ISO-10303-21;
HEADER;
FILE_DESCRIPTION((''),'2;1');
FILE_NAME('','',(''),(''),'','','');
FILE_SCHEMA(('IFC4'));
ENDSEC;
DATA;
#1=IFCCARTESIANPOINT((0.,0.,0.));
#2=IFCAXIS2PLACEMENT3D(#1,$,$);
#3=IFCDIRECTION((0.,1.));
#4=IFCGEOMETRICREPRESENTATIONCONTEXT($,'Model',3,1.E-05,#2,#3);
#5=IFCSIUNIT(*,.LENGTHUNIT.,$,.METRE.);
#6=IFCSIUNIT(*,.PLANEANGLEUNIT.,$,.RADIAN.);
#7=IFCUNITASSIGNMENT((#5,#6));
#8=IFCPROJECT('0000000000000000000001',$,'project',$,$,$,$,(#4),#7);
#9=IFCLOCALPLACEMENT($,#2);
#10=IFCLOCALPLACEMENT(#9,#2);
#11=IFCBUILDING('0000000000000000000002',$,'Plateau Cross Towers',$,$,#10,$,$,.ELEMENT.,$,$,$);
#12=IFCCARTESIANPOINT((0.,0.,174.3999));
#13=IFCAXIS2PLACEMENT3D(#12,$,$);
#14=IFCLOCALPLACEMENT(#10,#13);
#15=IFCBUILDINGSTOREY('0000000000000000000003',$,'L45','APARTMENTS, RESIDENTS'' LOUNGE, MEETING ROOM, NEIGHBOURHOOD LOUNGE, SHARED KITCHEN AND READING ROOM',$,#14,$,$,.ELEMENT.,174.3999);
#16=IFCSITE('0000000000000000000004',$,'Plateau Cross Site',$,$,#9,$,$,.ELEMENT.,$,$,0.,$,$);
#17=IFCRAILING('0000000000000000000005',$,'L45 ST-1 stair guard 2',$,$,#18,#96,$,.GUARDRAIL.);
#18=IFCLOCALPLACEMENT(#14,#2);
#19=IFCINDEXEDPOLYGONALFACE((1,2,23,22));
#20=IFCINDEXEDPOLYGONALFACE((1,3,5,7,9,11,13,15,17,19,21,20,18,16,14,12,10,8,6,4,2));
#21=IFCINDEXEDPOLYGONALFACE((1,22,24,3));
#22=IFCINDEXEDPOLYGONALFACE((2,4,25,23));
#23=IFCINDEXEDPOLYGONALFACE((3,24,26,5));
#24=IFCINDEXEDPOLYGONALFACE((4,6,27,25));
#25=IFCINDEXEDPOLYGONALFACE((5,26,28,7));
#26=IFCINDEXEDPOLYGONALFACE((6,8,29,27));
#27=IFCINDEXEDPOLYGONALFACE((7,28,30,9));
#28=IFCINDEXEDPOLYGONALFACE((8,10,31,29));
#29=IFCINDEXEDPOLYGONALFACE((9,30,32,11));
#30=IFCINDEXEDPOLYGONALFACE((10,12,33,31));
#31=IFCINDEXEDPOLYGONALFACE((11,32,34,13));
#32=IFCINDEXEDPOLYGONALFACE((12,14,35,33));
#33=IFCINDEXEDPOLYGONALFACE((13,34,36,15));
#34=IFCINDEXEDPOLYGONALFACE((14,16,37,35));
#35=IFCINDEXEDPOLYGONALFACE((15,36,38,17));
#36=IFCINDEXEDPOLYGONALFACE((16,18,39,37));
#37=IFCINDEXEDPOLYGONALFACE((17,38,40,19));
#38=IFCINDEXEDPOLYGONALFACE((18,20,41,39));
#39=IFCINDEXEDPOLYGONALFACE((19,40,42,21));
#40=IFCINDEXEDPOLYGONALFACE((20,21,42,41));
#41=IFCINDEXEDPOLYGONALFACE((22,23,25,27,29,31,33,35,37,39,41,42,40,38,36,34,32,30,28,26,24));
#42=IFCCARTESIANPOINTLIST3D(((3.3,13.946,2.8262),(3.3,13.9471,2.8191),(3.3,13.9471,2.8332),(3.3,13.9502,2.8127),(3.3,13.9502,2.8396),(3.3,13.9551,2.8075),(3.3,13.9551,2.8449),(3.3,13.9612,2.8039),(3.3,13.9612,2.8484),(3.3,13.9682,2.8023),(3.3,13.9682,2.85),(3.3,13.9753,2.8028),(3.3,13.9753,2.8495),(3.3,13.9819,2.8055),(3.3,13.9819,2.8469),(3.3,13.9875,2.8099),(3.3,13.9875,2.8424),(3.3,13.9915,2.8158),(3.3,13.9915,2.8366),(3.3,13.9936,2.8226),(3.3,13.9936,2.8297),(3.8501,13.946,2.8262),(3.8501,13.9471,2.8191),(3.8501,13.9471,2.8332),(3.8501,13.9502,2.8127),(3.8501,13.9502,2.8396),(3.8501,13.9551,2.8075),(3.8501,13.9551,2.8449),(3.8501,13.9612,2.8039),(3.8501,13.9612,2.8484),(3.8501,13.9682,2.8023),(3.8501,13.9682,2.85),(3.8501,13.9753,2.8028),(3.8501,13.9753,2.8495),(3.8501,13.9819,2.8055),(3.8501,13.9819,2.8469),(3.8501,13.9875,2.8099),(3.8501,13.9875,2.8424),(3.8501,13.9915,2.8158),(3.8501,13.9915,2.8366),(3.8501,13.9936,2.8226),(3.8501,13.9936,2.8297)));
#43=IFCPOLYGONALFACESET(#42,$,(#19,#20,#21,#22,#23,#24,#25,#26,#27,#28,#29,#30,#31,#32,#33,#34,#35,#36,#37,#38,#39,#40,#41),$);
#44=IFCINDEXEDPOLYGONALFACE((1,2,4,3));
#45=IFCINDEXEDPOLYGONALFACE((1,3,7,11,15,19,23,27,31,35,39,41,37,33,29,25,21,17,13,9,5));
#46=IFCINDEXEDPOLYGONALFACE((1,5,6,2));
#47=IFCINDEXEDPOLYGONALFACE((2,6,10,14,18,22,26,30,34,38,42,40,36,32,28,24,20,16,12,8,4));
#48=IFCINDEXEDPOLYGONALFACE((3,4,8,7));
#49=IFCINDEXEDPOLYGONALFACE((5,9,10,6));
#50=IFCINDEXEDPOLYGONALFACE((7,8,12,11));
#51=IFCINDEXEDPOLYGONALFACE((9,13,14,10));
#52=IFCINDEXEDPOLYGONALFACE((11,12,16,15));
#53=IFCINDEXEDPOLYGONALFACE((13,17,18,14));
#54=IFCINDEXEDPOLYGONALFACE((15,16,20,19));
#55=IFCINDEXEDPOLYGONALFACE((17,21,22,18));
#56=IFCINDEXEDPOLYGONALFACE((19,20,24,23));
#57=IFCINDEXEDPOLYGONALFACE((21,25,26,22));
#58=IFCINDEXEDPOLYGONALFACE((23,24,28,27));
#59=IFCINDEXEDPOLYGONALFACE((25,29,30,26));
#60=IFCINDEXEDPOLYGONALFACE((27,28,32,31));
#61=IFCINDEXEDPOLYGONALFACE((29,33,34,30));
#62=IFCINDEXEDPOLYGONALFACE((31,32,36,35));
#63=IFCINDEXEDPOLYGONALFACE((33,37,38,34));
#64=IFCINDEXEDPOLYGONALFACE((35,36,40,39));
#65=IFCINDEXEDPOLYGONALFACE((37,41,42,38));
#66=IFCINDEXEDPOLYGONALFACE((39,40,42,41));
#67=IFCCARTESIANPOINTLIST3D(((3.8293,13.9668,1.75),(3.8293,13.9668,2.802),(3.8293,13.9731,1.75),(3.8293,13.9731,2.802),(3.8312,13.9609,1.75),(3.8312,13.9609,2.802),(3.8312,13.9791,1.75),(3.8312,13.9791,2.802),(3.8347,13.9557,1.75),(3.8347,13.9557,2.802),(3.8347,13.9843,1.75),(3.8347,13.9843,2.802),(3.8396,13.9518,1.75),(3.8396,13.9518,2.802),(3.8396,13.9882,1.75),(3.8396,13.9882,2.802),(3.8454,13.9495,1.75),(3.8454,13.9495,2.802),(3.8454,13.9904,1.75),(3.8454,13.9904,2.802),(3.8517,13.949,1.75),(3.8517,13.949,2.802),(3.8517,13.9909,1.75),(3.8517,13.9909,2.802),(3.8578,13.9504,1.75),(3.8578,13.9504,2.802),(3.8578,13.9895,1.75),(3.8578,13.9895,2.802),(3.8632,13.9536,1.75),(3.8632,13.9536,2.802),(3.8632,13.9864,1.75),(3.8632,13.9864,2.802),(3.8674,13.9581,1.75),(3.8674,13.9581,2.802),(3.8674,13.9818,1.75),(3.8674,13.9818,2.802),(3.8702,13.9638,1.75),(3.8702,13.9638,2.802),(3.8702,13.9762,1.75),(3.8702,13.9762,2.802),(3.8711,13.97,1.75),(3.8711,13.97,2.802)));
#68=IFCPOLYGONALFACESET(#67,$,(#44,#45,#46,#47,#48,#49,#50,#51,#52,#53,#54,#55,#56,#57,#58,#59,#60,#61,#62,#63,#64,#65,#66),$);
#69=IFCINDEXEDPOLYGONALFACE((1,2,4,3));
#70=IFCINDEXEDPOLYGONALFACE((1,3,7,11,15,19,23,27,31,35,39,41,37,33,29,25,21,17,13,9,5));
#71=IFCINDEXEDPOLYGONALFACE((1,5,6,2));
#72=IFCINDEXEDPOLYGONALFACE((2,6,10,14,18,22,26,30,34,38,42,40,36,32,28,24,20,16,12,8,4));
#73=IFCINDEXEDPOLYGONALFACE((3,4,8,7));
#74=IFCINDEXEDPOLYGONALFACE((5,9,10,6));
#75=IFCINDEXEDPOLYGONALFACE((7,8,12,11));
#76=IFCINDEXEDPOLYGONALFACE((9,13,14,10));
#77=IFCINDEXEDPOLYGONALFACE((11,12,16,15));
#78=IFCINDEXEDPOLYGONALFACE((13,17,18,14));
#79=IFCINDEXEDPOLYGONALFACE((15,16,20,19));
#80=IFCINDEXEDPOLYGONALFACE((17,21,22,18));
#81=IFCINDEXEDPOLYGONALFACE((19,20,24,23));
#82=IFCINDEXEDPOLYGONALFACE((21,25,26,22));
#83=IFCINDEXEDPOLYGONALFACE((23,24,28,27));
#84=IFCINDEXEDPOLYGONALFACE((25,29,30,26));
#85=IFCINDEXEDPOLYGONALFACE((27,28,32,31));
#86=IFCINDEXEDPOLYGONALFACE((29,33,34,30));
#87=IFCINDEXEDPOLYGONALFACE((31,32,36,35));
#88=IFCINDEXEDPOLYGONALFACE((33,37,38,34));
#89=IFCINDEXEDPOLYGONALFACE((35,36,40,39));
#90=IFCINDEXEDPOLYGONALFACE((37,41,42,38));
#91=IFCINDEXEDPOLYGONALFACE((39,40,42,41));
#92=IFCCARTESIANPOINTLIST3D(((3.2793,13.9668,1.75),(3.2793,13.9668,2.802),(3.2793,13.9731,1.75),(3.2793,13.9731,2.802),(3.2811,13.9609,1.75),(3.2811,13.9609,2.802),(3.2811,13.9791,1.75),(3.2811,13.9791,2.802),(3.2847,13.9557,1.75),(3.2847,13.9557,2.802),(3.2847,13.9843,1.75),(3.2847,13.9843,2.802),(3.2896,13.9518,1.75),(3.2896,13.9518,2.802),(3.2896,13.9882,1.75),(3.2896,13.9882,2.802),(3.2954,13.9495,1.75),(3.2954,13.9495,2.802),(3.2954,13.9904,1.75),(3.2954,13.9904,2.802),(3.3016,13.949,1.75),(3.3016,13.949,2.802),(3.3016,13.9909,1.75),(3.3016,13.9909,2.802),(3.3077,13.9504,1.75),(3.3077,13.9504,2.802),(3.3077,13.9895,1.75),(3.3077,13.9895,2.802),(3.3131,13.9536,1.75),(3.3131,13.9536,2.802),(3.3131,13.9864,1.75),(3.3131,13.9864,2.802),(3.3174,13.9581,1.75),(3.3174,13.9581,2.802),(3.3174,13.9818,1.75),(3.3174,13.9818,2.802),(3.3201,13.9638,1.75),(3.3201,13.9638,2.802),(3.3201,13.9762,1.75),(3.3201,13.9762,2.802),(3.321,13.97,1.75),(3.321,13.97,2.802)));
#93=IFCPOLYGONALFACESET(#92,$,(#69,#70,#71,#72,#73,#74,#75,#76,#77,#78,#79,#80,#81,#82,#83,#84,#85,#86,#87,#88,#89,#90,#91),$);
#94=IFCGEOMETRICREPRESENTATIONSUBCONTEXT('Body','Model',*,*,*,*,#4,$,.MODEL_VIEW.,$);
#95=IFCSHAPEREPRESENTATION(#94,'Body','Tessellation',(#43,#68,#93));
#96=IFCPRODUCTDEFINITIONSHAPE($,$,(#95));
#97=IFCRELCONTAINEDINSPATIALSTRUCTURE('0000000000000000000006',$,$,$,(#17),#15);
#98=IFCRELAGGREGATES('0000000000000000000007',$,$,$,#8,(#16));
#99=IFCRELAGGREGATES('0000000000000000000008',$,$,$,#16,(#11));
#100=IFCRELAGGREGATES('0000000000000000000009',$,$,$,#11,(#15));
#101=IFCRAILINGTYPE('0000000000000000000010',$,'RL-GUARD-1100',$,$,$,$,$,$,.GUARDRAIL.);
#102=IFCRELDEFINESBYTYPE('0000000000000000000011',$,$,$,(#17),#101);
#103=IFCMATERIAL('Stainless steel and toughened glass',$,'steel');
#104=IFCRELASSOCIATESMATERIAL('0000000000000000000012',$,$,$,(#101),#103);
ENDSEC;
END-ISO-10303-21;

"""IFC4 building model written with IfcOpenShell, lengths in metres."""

from ifc_helpers import new_model, si_unit, direction, frame, origin, origin_2d, place, context, subcontext, project, spatial, circle, extrude, material, type_object, element, save


model = new_model("IFC4")

# Units and contexts
model_context = context("Model", 3, precision=1e-05, world=origin(), true_north=direction((0.0, 1.0)))
body_context = subcontext(model_context, "Body", "Model", "MODEL_VIEW")
ifc_project = project(units=[si_unit("LENGTHUNIT", "METRE"), si_unit("PLANEANGLEUNIT", "RADIAN")], contexts=[model_context])

# Site, building, storey
site_placement = place(None, origin())
site = spatial("IfcSite", under=ifc_project, at=site_placement, Name="Plateau Cross Site", CompositionType="ELEMENT", RefElevation=0.0)
building_placement = place(site_placement, origin())
building = spatial("IfcBuilding", under=site, at=building_placement, Name="Plateau Cross Towers", CompositionType="ELEMENT")
storey_placement = place(building_placement, frame((0.0, 0.0, 174.3999)))
storey = spatial("IfcBuildingStorey", under=building, at=storey_placement, Name="L45", Description="APARTMENTS, RESIDENTS' LOUNGE, MEETING ROOM, NEIGHBOURHOOD LOUNGE, SHARED KITCHEN AND READING ROOM", CompositionType="ELEMENT", Elevation=174.3999)

# Railing
ifc_material_1 = material(Name="Stainless steel and toughened glass", Category="steel")
railing_type = type_object("IfcRailingType", Name="RL-GUARD-1100", PredefinedType="GUARDRAIL", material=ifc_material_1)
railing_placement = place(storey_placement, frame((3.8501, 13.97, 1.75)))
element("IfcRailing", 1, at=railing_placement, inside=storey, type_object=railing_type, Name="L45 ST-1 stair guard 2", PredefinedType="GUARDRAIL", context=body_context, shape_type="SweptSolid", body=[
    extrude(circle(Radius=0.0239, at=origin_2d()), frame((0.0, 0.0, 1.0762), z_axis=(-1.0, 0.0, 0.0), x_axis=(0.0, -1.0, 0.0)), (0.0, 0.0, 1.0), 0.55),
    extrude(circle(Radius=0.021, at=origin_2d()), origin(), (0.0, 0.0, 1.0), 1.052),
    extrude(circle(Radius=0.021, at=origin_2d()), frame((-0.55, 0.0, 0.0)), (0.0, 0.0, 1.0), 1.052),
])

save(model, "model.ifc")
